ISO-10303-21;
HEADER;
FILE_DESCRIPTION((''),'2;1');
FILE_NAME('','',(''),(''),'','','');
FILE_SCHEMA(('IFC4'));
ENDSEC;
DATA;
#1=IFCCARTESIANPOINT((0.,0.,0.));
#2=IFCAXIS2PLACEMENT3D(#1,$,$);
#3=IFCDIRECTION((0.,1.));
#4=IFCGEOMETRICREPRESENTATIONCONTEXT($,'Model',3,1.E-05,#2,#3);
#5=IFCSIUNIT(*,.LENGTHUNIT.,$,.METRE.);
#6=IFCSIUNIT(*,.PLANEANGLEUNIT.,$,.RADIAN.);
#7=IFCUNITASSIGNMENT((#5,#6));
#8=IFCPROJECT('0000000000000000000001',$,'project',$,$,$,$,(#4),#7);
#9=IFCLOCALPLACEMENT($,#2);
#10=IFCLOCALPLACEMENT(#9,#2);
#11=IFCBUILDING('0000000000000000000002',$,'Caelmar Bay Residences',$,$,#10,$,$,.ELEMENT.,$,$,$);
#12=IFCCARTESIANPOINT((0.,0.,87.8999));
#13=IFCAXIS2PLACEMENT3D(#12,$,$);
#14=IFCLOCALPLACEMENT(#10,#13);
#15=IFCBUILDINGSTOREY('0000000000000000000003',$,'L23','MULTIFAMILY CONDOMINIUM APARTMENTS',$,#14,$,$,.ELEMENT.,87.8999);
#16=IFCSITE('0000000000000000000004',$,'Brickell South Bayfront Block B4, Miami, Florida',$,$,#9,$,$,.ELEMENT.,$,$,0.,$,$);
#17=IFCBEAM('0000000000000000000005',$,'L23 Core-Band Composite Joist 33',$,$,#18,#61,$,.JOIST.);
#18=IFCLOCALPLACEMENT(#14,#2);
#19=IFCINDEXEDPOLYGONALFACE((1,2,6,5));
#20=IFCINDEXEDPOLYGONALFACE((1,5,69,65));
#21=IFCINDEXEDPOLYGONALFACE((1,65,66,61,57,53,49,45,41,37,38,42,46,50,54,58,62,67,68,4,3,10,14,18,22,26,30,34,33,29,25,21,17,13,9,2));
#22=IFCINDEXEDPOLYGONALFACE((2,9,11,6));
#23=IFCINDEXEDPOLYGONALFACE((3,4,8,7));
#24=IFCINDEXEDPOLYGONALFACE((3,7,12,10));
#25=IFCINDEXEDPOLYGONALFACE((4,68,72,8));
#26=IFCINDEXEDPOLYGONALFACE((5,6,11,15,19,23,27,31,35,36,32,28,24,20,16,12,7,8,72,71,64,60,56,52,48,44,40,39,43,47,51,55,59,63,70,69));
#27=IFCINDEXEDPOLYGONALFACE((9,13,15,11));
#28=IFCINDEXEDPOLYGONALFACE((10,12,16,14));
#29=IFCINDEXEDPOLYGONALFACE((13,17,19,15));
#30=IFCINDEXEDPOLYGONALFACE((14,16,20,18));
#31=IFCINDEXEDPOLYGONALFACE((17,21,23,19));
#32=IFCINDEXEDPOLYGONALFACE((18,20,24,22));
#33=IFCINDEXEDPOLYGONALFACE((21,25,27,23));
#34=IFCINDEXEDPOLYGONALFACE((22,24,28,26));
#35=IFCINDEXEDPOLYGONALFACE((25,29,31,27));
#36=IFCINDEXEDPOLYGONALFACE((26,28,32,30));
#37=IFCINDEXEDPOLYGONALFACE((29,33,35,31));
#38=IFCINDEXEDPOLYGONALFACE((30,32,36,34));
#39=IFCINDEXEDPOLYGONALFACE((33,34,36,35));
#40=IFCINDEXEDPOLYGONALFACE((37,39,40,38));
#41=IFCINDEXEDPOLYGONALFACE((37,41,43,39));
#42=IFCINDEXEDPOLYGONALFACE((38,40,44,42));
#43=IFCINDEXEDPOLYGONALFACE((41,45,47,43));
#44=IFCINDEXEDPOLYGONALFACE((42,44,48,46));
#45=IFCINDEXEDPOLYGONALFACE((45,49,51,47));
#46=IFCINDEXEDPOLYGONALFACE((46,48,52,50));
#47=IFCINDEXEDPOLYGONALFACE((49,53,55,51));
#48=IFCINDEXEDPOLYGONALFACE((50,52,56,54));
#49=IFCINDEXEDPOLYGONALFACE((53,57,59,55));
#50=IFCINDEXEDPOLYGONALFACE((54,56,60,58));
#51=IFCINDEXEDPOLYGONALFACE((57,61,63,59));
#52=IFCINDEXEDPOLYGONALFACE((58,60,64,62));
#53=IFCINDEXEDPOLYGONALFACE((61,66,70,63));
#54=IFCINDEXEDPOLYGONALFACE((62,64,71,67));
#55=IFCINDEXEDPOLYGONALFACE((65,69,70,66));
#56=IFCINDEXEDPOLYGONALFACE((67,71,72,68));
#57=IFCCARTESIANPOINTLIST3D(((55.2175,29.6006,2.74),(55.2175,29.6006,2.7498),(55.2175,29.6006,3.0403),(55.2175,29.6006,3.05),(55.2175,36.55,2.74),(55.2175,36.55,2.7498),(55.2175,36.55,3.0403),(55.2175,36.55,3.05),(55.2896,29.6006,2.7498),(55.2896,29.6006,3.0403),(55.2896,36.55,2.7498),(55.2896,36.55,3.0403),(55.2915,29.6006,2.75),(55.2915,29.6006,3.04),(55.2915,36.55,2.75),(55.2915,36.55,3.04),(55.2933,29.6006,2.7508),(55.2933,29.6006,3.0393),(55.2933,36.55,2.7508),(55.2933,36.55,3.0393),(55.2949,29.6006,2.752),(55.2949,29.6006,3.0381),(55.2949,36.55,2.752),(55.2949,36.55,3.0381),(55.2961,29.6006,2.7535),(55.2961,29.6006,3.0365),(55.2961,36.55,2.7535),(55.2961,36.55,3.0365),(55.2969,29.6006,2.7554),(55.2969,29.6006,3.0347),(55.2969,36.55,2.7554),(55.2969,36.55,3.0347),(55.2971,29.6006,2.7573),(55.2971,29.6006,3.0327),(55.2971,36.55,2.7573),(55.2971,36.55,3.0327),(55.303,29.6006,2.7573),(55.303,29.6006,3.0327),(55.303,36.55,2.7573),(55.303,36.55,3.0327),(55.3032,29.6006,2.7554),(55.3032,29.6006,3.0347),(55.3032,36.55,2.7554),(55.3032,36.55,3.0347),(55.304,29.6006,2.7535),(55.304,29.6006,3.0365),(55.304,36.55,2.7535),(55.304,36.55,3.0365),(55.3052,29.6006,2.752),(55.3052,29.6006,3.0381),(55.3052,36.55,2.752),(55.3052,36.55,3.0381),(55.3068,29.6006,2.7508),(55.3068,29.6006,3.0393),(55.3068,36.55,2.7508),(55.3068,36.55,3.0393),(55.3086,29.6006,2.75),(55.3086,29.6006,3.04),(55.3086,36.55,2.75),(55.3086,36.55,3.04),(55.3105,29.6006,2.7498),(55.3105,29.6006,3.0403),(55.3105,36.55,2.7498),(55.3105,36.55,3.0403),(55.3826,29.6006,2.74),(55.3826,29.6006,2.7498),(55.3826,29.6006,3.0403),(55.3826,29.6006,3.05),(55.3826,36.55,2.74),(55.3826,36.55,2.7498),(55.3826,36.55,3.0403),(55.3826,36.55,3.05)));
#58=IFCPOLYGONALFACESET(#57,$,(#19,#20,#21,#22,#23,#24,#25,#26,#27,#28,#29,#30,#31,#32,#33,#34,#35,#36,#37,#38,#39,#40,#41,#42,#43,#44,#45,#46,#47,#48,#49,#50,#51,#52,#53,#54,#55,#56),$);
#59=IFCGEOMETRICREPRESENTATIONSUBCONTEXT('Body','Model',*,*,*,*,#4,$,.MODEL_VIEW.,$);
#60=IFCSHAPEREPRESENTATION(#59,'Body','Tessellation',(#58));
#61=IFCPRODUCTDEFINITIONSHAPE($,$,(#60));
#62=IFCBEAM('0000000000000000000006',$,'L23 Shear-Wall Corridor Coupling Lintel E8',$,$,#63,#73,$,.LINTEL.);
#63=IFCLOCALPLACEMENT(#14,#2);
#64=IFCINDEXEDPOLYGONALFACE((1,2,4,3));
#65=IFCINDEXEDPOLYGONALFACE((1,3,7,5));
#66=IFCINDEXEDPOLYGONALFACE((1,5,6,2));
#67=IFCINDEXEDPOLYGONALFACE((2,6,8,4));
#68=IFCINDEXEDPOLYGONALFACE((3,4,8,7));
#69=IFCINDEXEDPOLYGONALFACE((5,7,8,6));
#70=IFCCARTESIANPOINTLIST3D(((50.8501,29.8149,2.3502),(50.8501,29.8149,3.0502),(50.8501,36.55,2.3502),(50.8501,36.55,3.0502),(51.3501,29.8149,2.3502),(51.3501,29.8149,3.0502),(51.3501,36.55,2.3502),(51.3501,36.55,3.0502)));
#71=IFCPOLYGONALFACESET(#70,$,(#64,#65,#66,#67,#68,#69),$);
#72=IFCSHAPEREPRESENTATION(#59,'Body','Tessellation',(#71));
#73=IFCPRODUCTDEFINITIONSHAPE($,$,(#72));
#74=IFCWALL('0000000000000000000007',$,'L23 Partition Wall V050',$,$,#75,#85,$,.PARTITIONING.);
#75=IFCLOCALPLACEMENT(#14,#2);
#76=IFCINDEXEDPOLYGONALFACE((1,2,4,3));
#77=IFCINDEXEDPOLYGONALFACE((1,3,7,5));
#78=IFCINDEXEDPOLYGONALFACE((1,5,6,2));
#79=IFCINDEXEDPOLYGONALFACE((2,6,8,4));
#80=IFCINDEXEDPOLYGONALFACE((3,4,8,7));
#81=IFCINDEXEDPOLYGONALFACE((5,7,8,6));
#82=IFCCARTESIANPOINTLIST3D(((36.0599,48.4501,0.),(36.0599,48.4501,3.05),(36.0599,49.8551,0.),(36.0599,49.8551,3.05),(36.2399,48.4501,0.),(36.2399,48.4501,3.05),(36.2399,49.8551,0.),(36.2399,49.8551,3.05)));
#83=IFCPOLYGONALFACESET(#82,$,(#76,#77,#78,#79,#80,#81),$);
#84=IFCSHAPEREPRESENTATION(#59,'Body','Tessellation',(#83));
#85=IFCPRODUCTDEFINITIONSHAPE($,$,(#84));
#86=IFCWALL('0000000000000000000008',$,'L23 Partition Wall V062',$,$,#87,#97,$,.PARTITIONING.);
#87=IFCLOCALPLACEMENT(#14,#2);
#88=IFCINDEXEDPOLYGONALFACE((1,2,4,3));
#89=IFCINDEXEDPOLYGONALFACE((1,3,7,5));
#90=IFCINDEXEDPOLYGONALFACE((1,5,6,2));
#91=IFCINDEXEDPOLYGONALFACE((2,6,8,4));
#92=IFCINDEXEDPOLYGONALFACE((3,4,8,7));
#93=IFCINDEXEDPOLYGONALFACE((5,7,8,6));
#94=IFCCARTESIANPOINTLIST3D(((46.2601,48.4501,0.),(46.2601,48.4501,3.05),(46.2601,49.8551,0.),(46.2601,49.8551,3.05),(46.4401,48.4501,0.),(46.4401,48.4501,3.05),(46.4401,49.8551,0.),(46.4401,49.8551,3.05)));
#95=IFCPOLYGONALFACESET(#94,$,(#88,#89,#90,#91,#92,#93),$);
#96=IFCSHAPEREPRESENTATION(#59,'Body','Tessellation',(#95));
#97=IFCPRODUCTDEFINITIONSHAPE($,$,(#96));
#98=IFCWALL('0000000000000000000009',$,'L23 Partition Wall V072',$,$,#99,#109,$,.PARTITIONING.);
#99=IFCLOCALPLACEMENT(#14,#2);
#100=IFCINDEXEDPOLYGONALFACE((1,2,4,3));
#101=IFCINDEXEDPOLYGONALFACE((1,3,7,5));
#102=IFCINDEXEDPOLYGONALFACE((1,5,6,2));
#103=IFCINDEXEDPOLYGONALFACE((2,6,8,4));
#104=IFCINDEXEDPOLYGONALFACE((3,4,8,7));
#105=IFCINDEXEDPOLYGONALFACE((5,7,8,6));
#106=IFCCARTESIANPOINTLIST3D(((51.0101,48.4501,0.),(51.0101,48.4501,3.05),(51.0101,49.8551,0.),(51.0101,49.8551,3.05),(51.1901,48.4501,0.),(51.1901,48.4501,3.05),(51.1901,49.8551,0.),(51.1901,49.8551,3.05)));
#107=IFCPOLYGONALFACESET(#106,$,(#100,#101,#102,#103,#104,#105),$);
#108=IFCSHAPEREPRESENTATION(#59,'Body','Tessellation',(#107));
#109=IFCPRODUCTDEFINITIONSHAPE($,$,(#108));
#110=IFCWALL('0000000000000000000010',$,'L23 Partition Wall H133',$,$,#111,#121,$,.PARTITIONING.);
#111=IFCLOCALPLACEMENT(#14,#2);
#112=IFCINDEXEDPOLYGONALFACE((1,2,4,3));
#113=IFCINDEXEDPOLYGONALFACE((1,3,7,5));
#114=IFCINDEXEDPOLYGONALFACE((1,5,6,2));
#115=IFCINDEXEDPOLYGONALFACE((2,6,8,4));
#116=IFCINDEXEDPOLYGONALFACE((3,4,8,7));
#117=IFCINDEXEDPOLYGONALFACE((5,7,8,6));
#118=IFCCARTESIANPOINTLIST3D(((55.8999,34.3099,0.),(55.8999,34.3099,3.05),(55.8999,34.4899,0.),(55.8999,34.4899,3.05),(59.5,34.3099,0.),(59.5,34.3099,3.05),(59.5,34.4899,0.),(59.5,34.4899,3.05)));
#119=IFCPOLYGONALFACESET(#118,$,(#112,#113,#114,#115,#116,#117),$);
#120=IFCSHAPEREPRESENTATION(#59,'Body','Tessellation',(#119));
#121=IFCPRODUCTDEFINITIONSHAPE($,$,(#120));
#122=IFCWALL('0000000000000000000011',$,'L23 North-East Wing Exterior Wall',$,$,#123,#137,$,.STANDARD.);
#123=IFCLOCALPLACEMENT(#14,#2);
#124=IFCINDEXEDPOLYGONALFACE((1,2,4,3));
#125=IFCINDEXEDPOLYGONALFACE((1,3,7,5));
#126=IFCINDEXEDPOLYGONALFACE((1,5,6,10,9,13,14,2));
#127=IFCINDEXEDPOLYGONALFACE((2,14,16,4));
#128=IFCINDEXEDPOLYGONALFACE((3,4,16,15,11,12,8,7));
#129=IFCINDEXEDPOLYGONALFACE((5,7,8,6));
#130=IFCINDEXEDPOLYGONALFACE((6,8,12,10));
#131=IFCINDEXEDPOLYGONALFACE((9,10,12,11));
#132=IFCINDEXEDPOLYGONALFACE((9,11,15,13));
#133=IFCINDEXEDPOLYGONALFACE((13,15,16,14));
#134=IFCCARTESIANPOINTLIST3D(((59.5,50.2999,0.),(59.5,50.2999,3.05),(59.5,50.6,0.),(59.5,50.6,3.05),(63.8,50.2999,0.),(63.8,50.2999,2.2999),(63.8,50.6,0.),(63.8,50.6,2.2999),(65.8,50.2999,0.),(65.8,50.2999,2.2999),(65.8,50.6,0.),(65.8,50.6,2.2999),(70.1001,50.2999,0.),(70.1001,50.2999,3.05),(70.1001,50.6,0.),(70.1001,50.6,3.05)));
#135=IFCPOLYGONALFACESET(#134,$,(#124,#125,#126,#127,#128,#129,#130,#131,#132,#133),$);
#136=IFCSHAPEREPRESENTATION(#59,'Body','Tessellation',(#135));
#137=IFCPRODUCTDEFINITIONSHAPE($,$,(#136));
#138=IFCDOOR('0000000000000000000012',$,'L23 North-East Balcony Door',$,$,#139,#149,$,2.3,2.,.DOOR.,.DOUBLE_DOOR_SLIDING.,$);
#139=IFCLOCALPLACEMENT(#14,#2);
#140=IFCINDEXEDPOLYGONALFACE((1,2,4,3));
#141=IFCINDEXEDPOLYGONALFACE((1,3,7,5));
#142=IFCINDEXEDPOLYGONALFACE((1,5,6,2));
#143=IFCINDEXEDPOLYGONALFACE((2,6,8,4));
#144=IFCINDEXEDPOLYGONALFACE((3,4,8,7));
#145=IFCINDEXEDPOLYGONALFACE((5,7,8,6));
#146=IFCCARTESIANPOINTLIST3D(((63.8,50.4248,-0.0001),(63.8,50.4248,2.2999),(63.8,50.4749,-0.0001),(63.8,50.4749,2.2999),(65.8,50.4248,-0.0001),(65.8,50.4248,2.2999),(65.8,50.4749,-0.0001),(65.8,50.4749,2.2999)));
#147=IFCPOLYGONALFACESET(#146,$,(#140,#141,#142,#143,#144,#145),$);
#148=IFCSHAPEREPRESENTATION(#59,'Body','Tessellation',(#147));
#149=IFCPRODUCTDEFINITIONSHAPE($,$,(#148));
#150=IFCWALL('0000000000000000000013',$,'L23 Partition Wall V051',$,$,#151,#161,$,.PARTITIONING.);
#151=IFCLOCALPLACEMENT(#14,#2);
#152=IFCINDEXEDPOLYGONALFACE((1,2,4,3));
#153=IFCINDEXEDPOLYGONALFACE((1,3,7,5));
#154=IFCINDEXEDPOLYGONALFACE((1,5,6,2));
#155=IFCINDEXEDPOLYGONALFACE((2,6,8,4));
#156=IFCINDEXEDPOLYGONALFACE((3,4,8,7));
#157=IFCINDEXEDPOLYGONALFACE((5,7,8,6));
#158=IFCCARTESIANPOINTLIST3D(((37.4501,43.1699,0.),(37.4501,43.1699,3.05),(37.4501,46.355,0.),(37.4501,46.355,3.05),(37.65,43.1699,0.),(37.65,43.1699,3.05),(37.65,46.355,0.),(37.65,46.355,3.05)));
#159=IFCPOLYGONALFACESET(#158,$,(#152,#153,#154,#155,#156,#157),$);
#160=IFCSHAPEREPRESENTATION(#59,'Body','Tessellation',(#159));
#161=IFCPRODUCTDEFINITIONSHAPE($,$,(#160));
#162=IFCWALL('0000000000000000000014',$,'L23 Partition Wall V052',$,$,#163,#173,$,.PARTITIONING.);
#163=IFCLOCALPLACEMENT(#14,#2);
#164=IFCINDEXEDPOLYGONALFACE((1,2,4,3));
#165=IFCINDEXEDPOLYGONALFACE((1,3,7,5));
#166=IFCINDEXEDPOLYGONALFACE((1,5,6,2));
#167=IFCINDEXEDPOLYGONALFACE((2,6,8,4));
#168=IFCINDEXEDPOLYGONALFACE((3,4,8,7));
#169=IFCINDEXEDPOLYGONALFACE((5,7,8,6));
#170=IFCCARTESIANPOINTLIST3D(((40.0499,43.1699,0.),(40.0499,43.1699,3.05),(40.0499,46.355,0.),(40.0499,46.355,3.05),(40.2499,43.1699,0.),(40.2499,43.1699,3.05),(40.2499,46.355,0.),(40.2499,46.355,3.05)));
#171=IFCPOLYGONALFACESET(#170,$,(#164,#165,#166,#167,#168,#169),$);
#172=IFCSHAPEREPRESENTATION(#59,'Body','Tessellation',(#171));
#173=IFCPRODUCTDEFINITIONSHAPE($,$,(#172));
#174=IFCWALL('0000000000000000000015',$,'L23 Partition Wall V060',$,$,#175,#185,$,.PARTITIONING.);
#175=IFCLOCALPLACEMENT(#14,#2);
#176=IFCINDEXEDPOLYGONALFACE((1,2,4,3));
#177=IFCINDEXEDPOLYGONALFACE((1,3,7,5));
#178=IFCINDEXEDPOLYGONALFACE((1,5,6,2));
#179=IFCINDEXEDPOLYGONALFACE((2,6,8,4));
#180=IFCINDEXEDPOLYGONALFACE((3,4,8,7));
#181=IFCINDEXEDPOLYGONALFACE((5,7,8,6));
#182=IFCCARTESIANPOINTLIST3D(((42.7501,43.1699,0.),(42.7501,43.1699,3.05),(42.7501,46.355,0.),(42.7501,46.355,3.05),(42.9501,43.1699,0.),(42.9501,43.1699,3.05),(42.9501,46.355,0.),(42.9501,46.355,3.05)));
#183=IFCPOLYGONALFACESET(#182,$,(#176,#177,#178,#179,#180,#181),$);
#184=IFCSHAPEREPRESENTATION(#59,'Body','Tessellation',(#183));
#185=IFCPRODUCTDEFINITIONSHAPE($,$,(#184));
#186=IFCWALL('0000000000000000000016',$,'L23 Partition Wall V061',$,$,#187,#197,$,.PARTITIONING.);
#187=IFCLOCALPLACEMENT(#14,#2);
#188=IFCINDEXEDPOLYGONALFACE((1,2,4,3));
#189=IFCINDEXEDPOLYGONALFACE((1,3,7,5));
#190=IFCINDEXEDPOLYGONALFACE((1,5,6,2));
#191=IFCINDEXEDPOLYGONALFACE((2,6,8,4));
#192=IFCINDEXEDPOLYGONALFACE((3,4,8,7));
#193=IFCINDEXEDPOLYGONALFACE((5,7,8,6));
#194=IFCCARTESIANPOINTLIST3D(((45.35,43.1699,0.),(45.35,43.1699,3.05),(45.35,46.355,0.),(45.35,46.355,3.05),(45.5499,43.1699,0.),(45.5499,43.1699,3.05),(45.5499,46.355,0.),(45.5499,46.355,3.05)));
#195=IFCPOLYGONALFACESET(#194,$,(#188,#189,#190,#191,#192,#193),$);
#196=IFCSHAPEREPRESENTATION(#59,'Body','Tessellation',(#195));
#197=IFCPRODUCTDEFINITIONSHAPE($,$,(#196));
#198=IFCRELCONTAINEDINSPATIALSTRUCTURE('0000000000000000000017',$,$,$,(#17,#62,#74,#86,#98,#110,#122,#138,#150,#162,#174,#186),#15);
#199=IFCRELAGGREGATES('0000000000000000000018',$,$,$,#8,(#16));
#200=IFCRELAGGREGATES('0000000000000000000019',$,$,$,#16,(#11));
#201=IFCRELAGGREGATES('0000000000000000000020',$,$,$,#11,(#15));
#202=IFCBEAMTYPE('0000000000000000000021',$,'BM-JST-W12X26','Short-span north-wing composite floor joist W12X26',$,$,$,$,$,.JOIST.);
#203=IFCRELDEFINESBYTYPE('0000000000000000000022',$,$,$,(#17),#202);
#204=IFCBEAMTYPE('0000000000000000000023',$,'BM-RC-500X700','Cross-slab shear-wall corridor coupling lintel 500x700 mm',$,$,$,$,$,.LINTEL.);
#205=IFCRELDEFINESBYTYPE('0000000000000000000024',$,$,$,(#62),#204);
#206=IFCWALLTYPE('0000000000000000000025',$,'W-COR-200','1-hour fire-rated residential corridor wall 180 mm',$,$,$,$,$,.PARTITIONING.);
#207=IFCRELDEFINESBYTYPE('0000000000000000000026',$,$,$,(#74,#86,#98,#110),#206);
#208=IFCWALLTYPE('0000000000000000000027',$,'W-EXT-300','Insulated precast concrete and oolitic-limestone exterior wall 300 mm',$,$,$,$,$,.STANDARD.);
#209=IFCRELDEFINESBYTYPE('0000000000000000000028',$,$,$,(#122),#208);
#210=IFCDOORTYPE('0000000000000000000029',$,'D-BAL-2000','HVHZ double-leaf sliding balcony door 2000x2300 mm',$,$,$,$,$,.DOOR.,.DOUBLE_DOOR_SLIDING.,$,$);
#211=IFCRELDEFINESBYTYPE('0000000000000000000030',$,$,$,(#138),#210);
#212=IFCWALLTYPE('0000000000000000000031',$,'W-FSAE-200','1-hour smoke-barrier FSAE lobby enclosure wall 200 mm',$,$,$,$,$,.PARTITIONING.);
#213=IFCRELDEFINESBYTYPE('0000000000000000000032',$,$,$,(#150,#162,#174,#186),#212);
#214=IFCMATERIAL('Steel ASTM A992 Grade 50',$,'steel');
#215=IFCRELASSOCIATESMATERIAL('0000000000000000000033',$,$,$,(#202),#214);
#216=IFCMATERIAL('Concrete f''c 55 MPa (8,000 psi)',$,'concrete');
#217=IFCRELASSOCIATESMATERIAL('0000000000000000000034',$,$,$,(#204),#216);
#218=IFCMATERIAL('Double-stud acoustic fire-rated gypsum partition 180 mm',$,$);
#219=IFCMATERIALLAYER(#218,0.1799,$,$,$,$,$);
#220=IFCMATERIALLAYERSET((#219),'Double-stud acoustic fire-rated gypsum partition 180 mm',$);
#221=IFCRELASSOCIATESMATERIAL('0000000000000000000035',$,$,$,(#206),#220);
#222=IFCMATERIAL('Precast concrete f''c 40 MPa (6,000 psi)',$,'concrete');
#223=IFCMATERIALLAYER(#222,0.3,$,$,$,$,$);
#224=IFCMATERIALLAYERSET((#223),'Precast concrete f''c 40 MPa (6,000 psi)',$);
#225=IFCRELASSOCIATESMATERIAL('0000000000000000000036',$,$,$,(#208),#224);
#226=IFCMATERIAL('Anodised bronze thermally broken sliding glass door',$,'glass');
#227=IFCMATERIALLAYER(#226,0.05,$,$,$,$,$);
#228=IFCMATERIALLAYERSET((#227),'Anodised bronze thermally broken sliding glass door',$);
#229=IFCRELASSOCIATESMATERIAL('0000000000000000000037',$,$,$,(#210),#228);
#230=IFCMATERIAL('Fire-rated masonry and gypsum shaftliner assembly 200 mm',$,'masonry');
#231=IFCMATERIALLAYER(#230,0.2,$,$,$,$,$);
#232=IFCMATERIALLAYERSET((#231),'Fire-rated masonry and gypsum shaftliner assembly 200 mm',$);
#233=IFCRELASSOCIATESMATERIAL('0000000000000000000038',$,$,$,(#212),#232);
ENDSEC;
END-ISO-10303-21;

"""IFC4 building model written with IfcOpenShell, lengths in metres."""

from ifc_helpers import new_model, si_unit, direction, frame, frame_2d, origin, origin_2d, place, context, subcontext, project, spatial, rectangle, i_section, extrude, material, layer, layer_set, material_profile, profile_set, type_object, element, fill, save


model = new_model("IFC4")

# Units and contexts
model_context = context("Model", 3, precision=1e-05, world=origin(), true_north=direction((0.0, 1.0)))
body_context = subcontext(model_context, "Body", "Model", "MODEL_VIEW")
ifc_project = project(units=[si_unit("LENGTHUNIT", "METRE"), si_unit("PLANEANGLEUNIT", "RADIAN")], contexts=[model_context])

# Site, building, storey
site_placement = place(None, origin())
site = spatial("IfcSite", under=ifc_project, at=site_placement, Name="Brickell South Bayfront Block B4, Miami, Florida", CompositionType="ELEMENT", RefElevation=0.0)
building_placement = place(site_placement, origin())
building = spatial("IfcBuilding", under=site, at=building_placement, Name="Caelmar Bay Residences", CompositionType="ELEMENT")
storey_placement = place(building_placement, frame((0.0, 0.0, 87.8999)))
storey = spatial("IfcBuildingStorey", under=building, at=storey_placement, Name="L23", Description="MULTIFAMILY CONDOMINIUM APARTMENTS", CompositionType="ELEMENT", Elevation=87.8999)

# Beams
ifc_material_1 = material(Name="Steel ASTM A992 Grade 50", Category="steel")
ifc_material_profile_1 = material_profile(ifc_material_1, i_section(OverallWidth=0.165, OverallDepth=0.3101, WebThickness=0.0059, FlangeThickness=0.0098, FilletRadius=0.0076, at=origin_2d()), Name="W12X26")
ifc_profile_set_1 = profile_set([ifc_material_profile_1], Name="Steel ASTM A992 Grade 50")
beam_type_1 = type_object("IfcBeamType", Name="BM-JST-W12X26", Description="Short-span north-wing composite floor joist W12X26", PredefinedType="JOIST", material=ifc_profile_set_1)
for number, where, z_axis, x_axis, name in (
    (1, (55.3, 29.6006, 2.895), (0.0, 1.0, 0.0), (-1.0, 0.0, 0.0), "L23 Core-Band Composite Joist 33"),
):
    element("IfcBeam", number, at=place(storey_placement, frame(where, z_axis=z_axis, x_axis=x_axis)), inside=storey, type_object=beam_type_1, Name=name, PredefinedType="JOIST", context=body_context, shape_type="SweptSolid", body=[
        extrude(i_section(OverallWidth=0.165, OverallDepth=0.3101, WebThickness=0.0059, FlangeThickness=0.0098, FilletRadius=0.0076, at=origin_2d()), origin(), (0.0, 0.0, 1.0), 6.9495),
    ])
ifc_material_2 = material(Name="Concrete f'c 55 MPa (8,000 psi)", Category="concrete")
ifc_material_profile_2 = material_profile(ifc_material_2, rectangle(XDim=0.5, YDim=0.7, at=origin_2d()), Name="RC-BM-500X700")
ifc_profile_set_2 = profile_set([ifc_material_profile_2], Name="Concrete f'c 55 MPa (8,000 psi)")
beam_type_2 = type_object("IfcBeamType", Name="BM-RC-500X700", Description="Cross-slab shear-wall corridor coupling lintel 500x700 mm", PredefinedType="LINTEL", material=ifc_profile_set_2)
beam_placement = place(storey_placement, frame((51.1001, 29.8149, 2.7002), z_axis=(0.0, 1.0, 0.0), x_axis=(-1.0, 0.0, 0.0)))
element("IfcBeam", 2, at=beam_placement, inside=storey, type_object=beam_type_2, Name="L23 Shear-Wall Corridor Coupling Lintel E8", PredefinedType="LINTEL", context=body_context, shape_type="SweptSolid", body=[
    extrude(rectangle(XDim=0.5, YDim=0.7, at=origin_2d()), origin(), (0.0, 0.0, 1.0), 6.7351),
])

# Walls
ifc_material_3 = material(Name="Double-stud acoustic fire-rated gypsum partition 180 mm")
ifc_layer_1 = layer(ifc_material_3, 0.1799)
ifc_layer_set_1 = layer_set([ifc_layer_1], Name="Double-stud acoustic fire-rated gypsum partition 180 mm")
wall_type_1 = type_object("IfcWallType", Name="W-COR-200", Description="1-hour fire-rated residential corridor wall 180 mm", PredefinedType="PARTITIONING", material=ifc_layer_set_1)
for number, where, z_axis, x_axis, name in (
    (3, (36.1499, 48.45, 0.0), (0.0, 0.0, 1.0), (0.0, 1.0, 0.0), "L23 Partition Wall V050"),
    (4, (46.3501, 48.45, 0.0), (0.0, 0.0, 1.0), (0.0, 1.0, 0.0), "L23 Partition Wall V062"),
    (5, (51.1001, 48.45, 0.0), (0.0, 0.0, 1.0), (0.0, 1.0, 0.0), "L23 Partition Wall V072"),
):
    element("IfcWall", number, at=place(storey_placement, frame(where, z_axis=z_axis, x_axis=x_axis)), inside=storey, type_object=wall_type_1, Name=name, PredefinedType="PARTITIONING", context=body_context, shape_type="SweptSolid", body=[
        extrude(rectangle(XDim=1.405, YDim=0.1799, at=frame_2d((0.7026, 0.0))), origin(), (0.0, 0.0, 1.0), 3.05),
    ])
wall_1_placement = place(storey_placement, frame((55.8999, 34.3999, 0.0), z_axis=(0.0, 0.0, 1.0), x_axis=(1.0, 0.0, 0.0)))
element("IfcWall", 6, at=wall_1_placement, inside=storey, type_object=wall_type_1, Name="L23 Partition Wall H133", PredefinedType="PARTITIONING", context=body_context, shape_type="SweptSolid", body=[
    extrude(rectangle(XDim=3.6001, YDim=0.1799, at=frame_2d((1.8, 0.0))), origin(), (0.0, 0.0, 1.0), 3.05),
])

# Wall, opening, door
ifc_material_4 = material(Name="Precast concrete f'c 40 MPa (6,000 psi)", Category="concrete")
ifc_layer_2 = layer(ifc_material_4, 0.3)
ifc_layer_set_2 = layer_set([ifc_layer_2], Name="Precast concrete f'c 40 MPa (6,000 psi)")
wall_type_2 = type_object("IfcWallType", Name="W-EXT-300", Description="Insulated precast concrete and oolitic-limestone exterior wall 300 mm", PredefinedType="STANDARD", material=ifc_layer_set_2)
wall_2_placement = place(storey_placement, frame((59.5, 50.45, 0.0), z_axis=(0.0, 0.0, 1.0), x_axis=(1.0, 0.0, 0.0)))
wall_2 = element("IfcWall", 7, at=wall_2_placement, inside=storey, type_object=wall_type_2, Name="L23 North-East Wing Exterior Wall", PredefinedType="STANDARD", context=body_context, shape_type="SweptSolid", body=[
    extrude(rectangle(XDim=10.6001, YDim=0.3, at=frame_2d((5.3, 0.0))), origin(), (0.0, 0.0, 1.0), 3.05),
])
opening_1_placement = place(wall_2_placement, frame((4.3, 0.0, 0.0)))
opening_1 = element("IfcOpeningElement", 8, at=opening_1_placement, cuts=wall_2, PredefinedType="OPENING", context=body_context, shape_type="SweptSolid", body=[
    extrude(rectangle(XDim=2.0, YDim=2.3, at=frame_2d((1.0, 1.1499))), frame((0.0, 0.1599, 0.0), z_axis=(0.0, -1.0, 0.0), x_axis=(1.0, 0.0, 0.0)), (0.0, 0.0, 1.0), 0.3201),
])
ifc_material_5 = material(Name="Anodised bronze thermally broken sliding glass door", Category="glass")
ifc_layer_3 = layer(ifc_material_5, 0.05)
ifc_layer_set_3 = layer_set([ifc_layer_3], Name="Anodised bronze thermally broken sliding glass door")
door_type_1 = type_object("IfcDoorType", Name="D-BAL-2000", Description="HVHZ double-leaf sliding balcony door 2000x2300 mm", OperationType="DOUBLE_DOOR_SLIDING", PredefinedType="DOOR", material=ifc_layer_set_3)
door_1_placement = place(opening_1_placement, origin())
door_1 = element("IfcDoor", 9, at=door_1_placement, inside=storey, type_object=door_type_1, Name="L23 North-East Balcony Door", OperationType="DOUBLE_DOOR_SLIDING", OverallHeight=2.3, OverallWidth=2.0, PredefinedType="DOOR", context=body_context, shape_type="SweptSolid", body=[
    extrude(rectangle(XDim=2.0, YDim=2.3, at=frame_2d((1.0, 1.1499))), frame((0.0, 0.0249, 0.0), z_axis=(0.0, -1.0, 0.0), x_axis=(1.0, 0.0, 0.0)), (0.0, 0.0, 1.0), 0.05),
])
fill(opening_1, door_1)

# Walls
ifc_material_6 = material(Name="Fire-rated masonry and gypsum shaftliner assembly 200 mm", Category="masonry")
ifc_layer_4 = layer(ifc_material_6, 0.2)
ifc_layer_set_4 = layer_set([ifc_layer_4], Name="Fire-rated masonry and gypsum shaftliner assembly 200 mm")
wall_type_3 = type_object("IfcWallType", Name="W-FSAE-200", Description="1-hour smoke-barrier FSAE lobby enclosure wall 200 mm", PredefinedType="PARTITIONING", material=ifc_layer_set_4)
for number, where, z_axis, x_axis, name in (
    (10, (37.55, 43.1699, 0.0), (0.0, 0.0, 1.0), (0.0, 1.0, 0.0), "L23 Partition Wall V051"),
    (11, (40.1499, 43.1699, 0.0), (0.0, 0.0, 1.0), (0.0, 1.0, 0.0), "L23 Partition Wall V052"),
    (12, (42.8501, 43.1699, 0.0), (0.0, 0.0, 1.0), (0.0, 1.0, 0.0), "L23 Partition Wall V060"),
    (13, (45.45, 43.1699, 0.0), (0.0, 0.0, 1.0), (0.0, 1.0, 0.0), "L23 Partition Wall V061"),
):
    element("IfcWall", number, at=place(storey_placement, frame(where, z_axis=z_axis, x_axis=x_axis)), inside=storey, type_object=wall_type_3, Name=name, PredefinedType="PARTITIONING", context=body_context, shape_type="SweptSolid", body=[
        extrude(rectangle(XDim=3.1851, YDim=0.2, at=frame_2d((1.5925, 0.0))), origin(), (0.0, 0.0, 1.0), 3.05),
    ])

save(model, "model.ifc")
